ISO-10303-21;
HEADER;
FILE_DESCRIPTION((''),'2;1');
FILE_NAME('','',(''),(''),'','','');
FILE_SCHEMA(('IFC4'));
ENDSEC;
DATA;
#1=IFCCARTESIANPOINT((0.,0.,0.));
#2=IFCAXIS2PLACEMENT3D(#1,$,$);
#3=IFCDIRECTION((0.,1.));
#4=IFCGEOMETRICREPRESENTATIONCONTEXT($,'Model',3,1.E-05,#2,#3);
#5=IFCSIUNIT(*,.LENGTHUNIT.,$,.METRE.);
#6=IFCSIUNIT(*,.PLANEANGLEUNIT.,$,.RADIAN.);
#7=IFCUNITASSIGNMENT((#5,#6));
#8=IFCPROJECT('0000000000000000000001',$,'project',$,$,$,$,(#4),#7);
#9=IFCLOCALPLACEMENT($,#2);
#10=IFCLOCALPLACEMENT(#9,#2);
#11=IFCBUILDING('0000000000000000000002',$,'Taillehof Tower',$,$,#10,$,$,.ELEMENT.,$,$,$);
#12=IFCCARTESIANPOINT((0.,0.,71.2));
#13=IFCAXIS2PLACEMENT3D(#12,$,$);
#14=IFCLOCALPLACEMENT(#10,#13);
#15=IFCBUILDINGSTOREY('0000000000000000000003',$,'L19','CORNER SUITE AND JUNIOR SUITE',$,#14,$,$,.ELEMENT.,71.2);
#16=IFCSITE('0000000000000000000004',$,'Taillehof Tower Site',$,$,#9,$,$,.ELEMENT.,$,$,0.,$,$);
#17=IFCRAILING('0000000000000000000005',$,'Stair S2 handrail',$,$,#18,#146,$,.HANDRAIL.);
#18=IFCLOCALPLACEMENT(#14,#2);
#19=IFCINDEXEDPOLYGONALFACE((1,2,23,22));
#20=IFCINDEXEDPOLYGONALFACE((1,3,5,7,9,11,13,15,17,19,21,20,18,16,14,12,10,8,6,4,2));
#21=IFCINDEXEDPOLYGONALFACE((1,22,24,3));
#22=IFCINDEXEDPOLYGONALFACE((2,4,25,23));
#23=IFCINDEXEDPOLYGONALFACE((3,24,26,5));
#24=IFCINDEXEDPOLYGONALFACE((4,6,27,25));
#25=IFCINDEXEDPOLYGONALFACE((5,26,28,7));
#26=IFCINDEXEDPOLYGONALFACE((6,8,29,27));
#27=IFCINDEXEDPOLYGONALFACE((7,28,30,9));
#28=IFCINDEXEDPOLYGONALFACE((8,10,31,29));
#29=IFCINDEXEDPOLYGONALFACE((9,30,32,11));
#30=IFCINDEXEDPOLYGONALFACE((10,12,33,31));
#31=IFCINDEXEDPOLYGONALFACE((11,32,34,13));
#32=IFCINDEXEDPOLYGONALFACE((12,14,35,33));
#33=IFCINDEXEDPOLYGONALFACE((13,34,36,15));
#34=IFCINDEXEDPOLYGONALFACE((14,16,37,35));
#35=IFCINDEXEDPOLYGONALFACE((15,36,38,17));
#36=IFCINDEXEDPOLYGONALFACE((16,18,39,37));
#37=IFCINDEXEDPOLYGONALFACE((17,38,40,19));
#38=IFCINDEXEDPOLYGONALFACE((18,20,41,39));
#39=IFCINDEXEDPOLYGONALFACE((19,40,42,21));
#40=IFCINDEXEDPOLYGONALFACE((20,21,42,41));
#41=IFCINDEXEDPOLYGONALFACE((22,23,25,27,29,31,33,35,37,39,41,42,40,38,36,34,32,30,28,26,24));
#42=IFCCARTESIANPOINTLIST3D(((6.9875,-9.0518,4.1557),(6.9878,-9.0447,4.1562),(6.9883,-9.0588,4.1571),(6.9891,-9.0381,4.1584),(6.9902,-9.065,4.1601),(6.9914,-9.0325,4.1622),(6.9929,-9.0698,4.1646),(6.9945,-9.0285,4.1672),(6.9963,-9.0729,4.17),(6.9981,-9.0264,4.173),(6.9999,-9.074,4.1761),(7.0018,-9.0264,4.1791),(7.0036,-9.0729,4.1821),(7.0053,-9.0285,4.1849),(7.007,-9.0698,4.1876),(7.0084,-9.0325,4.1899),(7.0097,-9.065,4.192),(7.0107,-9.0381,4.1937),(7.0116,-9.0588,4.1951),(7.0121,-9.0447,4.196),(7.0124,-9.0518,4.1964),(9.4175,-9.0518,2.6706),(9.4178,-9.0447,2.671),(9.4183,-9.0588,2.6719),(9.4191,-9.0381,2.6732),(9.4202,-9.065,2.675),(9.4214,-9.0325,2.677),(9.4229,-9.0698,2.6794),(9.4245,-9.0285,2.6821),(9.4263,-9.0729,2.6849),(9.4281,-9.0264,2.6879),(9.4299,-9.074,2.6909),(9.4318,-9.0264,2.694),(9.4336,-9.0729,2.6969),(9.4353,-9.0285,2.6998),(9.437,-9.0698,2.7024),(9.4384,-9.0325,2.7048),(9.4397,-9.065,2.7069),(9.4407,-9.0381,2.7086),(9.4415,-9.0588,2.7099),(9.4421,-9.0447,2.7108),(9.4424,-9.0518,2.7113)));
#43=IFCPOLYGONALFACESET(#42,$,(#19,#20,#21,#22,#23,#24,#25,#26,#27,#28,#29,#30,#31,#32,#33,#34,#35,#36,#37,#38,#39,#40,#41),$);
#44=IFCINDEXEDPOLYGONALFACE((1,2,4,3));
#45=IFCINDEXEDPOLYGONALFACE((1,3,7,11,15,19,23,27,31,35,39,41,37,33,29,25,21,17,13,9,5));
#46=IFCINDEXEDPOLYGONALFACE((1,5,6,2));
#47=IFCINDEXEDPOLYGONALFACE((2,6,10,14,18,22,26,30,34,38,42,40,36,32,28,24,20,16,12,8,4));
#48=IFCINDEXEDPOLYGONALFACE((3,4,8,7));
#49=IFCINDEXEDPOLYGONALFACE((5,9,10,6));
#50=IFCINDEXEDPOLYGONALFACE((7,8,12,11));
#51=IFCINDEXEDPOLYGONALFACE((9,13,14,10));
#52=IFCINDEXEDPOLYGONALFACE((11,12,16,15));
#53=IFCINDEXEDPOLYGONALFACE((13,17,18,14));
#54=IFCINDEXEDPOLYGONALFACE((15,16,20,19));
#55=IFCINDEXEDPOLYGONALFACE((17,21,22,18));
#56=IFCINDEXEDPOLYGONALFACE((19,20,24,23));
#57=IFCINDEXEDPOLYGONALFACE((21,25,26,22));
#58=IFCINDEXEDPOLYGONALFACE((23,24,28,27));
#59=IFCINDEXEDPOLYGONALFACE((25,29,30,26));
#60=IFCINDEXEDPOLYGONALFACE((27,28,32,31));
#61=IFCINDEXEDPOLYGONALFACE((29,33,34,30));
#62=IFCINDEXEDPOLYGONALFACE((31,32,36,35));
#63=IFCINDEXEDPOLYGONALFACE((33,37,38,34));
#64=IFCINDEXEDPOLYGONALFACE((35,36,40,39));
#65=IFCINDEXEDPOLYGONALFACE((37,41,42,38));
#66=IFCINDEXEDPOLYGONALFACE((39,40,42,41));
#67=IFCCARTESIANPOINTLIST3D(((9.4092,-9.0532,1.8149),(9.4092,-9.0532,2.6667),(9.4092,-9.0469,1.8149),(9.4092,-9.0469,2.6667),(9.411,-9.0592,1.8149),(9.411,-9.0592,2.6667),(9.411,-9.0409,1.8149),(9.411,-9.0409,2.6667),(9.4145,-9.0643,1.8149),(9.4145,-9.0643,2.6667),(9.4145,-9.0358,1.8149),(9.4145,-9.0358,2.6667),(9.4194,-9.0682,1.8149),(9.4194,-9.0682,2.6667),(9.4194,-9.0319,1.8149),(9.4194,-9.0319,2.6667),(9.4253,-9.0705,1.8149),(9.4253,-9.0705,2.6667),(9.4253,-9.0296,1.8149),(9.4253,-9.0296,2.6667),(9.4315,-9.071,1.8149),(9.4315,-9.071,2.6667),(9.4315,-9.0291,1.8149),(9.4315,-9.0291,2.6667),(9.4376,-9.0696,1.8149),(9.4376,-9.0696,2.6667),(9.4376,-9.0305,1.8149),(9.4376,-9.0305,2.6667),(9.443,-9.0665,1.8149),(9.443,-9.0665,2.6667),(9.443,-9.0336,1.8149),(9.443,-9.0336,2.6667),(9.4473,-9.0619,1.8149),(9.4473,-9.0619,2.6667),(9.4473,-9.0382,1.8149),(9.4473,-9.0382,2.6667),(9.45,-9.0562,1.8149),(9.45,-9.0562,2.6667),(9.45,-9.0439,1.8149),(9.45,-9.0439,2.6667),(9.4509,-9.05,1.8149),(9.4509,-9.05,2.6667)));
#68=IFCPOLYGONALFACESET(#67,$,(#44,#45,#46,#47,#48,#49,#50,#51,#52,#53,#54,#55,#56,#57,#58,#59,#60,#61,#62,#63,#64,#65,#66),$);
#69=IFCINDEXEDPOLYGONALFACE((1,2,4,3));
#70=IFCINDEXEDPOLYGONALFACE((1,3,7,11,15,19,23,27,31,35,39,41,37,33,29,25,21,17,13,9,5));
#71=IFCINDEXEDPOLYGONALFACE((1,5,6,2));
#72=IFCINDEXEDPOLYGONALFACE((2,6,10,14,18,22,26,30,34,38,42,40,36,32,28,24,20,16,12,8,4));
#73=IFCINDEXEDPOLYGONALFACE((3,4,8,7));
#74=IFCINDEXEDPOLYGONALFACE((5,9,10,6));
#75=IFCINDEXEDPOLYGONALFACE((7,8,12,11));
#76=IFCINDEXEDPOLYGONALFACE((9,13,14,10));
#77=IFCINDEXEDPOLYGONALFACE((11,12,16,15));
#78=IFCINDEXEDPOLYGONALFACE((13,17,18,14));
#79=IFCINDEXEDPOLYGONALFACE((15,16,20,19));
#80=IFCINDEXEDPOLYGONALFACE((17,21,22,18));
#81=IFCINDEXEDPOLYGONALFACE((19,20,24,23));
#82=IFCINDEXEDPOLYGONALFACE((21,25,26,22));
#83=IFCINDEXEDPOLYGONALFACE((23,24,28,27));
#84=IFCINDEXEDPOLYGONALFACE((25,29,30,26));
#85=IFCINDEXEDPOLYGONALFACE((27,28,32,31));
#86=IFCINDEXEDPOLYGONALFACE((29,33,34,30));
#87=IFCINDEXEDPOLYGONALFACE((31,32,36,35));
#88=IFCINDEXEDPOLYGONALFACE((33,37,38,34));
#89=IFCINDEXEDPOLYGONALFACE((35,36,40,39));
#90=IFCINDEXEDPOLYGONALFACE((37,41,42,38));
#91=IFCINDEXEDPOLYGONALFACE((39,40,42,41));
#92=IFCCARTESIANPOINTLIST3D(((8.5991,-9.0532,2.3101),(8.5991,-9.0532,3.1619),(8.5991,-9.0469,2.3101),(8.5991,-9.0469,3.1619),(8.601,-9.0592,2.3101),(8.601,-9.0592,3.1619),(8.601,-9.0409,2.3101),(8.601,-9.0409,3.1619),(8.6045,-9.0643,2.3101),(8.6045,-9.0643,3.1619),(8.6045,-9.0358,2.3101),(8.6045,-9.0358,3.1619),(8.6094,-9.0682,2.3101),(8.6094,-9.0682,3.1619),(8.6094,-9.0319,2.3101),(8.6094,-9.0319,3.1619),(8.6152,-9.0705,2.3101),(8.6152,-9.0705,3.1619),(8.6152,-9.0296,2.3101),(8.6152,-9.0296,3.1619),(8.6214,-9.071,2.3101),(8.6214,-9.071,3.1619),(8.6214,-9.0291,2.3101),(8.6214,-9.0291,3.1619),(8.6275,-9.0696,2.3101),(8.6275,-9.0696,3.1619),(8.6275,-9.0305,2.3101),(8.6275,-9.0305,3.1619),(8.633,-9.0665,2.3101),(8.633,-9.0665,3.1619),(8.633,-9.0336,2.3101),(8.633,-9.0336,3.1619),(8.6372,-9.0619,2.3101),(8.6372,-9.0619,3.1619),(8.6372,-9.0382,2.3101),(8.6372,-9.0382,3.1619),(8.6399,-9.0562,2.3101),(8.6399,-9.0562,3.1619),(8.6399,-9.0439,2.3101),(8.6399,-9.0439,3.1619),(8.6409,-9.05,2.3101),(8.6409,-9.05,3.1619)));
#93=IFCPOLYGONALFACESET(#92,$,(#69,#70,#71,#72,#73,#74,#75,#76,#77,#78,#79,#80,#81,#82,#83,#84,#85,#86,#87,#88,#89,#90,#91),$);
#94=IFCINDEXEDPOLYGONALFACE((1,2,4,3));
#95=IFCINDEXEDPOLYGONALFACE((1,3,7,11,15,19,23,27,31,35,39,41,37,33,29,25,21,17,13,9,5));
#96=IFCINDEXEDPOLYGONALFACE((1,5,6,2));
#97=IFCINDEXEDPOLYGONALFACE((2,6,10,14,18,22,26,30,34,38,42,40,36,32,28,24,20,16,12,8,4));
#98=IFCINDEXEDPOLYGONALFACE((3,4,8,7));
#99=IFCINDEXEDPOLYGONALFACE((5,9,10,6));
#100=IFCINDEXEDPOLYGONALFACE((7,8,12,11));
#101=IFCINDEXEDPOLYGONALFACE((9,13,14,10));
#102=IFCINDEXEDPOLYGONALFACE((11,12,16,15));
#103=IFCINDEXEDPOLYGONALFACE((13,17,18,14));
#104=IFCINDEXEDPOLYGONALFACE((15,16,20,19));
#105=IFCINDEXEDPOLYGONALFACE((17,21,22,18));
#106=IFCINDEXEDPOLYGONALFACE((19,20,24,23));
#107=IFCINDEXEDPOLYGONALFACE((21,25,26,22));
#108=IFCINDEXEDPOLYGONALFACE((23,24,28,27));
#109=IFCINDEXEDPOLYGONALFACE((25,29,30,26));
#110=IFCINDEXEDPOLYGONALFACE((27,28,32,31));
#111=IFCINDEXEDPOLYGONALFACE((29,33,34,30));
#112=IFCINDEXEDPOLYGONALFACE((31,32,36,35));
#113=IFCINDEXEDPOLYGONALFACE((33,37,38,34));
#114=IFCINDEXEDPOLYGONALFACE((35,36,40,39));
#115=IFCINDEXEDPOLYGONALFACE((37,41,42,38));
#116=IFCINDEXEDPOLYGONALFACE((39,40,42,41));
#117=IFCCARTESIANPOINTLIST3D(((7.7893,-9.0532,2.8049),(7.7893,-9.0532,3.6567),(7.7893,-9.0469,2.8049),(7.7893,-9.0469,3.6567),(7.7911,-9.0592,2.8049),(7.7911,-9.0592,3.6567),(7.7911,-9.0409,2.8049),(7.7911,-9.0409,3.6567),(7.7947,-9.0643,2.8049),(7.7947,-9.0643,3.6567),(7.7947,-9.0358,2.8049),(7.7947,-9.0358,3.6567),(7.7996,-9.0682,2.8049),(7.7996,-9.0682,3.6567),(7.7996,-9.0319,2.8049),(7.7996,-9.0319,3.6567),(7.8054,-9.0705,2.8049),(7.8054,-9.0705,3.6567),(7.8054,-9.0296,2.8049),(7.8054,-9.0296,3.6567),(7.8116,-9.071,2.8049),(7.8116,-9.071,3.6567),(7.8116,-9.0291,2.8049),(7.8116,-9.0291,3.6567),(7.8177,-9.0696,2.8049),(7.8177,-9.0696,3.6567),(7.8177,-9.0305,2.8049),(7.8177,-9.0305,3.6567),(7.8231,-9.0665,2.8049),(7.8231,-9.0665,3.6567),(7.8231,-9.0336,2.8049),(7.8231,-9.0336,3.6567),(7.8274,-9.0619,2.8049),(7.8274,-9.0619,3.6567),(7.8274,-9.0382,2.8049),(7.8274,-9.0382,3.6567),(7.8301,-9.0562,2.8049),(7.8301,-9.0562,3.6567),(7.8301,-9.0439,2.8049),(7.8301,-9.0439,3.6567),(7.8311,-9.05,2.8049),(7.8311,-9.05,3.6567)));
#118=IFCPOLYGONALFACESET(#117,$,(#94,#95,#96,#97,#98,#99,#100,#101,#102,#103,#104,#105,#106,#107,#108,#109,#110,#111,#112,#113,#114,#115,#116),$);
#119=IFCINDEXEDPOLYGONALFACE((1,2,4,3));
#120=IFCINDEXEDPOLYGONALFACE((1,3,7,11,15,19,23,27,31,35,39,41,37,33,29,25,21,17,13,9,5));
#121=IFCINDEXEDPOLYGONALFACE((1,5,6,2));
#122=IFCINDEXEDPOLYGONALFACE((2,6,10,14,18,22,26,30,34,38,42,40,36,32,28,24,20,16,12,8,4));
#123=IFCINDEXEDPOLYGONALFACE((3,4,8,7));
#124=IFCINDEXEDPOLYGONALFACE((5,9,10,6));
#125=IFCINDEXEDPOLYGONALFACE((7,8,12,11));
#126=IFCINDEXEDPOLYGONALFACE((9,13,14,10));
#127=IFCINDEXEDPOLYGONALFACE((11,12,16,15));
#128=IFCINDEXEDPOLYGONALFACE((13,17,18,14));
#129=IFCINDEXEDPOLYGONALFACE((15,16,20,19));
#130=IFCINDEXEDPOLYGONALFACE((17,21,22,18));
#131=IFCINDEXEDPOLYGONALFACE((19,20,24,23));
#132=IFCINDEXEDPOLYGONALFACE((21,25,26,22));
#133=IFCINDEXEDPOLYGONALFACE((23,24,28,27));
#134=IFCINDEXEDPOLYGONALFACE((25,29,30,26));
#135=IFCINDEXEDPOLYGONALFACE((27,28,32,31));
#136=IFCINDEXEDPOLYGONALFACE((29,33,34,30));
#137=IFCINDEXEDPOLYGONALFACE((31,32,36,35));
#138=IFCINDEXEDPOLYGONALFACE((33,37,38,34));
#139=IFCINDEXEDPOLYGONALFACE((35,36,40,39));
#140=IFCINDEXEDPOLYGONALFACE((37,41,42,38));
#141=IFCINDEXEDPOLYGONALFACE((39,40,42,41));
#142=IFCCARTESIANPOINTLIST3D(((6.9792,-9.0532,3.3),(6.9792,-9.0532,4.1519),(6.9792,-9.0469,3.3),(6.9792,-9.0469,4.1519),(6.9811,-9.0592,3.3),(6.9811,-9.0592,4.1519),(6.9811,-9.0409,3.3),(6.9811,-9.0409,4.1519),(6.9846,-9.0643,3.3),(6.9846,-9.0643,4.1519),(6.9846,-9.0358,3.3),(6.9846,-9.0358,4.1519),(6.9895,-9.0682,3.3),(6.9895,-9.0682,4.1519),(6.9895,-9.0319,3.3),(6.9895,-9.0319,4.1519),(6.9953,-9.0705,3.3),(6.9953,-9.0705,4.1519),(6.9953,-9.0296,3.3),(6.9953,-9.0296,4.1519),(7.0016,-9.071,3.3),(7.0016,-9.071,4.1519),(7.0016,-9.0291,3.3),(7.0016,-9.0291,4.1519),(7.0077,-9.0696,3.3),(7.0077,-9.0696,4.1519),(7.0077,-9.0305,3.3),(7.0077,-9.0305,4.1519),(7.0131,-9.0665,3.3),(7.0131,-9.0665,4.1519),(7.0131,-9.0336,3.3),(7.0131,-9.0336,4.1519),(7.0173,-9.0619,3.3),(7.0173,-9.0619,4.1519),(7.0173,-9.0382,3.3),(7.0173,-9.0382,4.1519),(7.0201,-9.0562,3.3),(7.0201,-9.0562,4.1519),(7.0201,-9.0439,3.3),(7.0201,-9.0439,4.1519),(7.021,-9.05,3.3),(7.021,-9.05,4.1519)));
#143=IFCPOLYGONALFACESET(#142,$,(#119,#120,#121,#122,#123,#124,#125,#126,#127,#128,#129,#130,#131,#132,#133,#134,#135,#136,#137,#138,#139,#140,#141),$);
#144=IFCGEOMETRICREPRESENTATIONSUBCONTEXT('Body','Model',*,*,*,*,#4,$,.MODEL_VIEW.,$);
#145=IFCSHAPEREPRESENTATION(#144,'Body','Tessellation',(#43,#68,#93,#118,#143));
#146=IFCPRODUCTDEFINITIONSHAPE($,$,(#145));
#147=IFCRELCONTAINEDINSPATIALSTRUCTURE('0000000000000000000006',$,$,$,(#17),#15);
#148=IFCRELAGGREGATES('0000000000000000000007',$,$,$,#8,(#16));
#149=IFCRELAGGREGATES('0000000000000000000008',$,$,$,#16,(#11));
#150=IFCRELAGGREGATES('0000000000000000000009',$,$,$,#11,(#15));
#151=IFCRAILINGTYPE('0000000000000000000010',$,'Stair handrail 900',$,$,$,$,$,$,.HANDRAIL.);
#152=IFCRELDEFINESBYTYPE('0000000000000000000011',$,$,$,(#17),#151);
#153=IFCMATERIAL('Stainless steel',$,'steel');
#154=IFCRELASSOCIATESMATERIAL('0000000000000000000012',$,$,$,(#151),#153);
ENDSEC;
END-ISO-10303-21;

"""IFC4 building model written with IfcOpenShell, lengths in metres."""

from ifc_helpers import new_model, si_unit, direction, frame, origin, origin_2d, place, context, subcontext, project, spatial, circle, extrude, material, type_object, element, save


model = new_model("IFC4")

# Units and contexts
model_context = context("Model", 3, precision=1e-05, world=origin(), true_north=direction((0.0, 1.0)))
body_context = subcontext(model_context, "Body", "Model", "MODEL_VIEW")
ifc_project = project(units=[si_unit("LENGTHUNIT", "METRE"), si_unit("PLANEANGLEUNIT", "RADIAN")], contexts=[model_context])

# Site, building, storey
site_placement = place(None, origin())
site = spatial("IfcSite", under=ifc_project, at=site_placement, Name="Taillehof Tower Site", CompositionType="ELEMENT", RefElevation=0.0)
building_placement = place(site_placement, origin())
building = spatial("IfcBuilding", under=site, at=building_placement, Name="Taillehof Tower", CompositionType="ELEMENT")
storey_placement = place(building_placement, frame((0.0, 0.0, 71.2)))
storey = spatial("IfcBuildingStorey", under=building, at=storey_placement, Name="L19", Description="CORNER SUITE AND JUNIOR SUITE", CompositionType="ELEMENT", Elevation=71.2)

# Railing
ifc_material_1 = material(Name="Stainless steel", Category="steel")
railing_type = type_object("IfcRailingType", Name="Stair handrail 900", PredefinedType="HANDRAIL", material=ifc_material_1)
railing_1_placement = place(storey_placement, frame((9.4299, -9.05, 1.8149)))
element("IfcRailing", 1, at=railing_1_placement, inside=storey, type_object=railing_type, Name="Stair S2 handrail", PredefinedType="HANDRAIL", context=body_context, shape_type="SweptSolid", body=[
    extrude(circle(Radius=0.0239, at=origin_2d()), frame((0.0, 0.0, 0.876), z_axis=(-0.853259, 0.0, 0.521488), x_axis=(0.0, -1.0, 0.0)), (0.0, 0.0, 1.0), 2.8479),
    extrude(circle(Radius=0.021, at=origin_2d()), origin(), (0.0, 0.0, 1.0), 0.8518),
    extrude(circle(Radius=0.021, at=origin_2d()), frame((-0.8101, 0.0, 0.4951)), (0.0, 0.0, 1.0), 0.8518),
    extrude(circle(Radius=0.021, at=origin_2d()), frame((-1.6199, 0.0, 0.99)), (0.0, 0.0, 1.0), 0.8518),
    extrude(circle(Radius=0.021, at=origin_2d()), frame((-2.4299, 0.0, 1.4851)), (0.0, 0.0, 1.0), 0.8518),
])

save(model, "model.ifc")
